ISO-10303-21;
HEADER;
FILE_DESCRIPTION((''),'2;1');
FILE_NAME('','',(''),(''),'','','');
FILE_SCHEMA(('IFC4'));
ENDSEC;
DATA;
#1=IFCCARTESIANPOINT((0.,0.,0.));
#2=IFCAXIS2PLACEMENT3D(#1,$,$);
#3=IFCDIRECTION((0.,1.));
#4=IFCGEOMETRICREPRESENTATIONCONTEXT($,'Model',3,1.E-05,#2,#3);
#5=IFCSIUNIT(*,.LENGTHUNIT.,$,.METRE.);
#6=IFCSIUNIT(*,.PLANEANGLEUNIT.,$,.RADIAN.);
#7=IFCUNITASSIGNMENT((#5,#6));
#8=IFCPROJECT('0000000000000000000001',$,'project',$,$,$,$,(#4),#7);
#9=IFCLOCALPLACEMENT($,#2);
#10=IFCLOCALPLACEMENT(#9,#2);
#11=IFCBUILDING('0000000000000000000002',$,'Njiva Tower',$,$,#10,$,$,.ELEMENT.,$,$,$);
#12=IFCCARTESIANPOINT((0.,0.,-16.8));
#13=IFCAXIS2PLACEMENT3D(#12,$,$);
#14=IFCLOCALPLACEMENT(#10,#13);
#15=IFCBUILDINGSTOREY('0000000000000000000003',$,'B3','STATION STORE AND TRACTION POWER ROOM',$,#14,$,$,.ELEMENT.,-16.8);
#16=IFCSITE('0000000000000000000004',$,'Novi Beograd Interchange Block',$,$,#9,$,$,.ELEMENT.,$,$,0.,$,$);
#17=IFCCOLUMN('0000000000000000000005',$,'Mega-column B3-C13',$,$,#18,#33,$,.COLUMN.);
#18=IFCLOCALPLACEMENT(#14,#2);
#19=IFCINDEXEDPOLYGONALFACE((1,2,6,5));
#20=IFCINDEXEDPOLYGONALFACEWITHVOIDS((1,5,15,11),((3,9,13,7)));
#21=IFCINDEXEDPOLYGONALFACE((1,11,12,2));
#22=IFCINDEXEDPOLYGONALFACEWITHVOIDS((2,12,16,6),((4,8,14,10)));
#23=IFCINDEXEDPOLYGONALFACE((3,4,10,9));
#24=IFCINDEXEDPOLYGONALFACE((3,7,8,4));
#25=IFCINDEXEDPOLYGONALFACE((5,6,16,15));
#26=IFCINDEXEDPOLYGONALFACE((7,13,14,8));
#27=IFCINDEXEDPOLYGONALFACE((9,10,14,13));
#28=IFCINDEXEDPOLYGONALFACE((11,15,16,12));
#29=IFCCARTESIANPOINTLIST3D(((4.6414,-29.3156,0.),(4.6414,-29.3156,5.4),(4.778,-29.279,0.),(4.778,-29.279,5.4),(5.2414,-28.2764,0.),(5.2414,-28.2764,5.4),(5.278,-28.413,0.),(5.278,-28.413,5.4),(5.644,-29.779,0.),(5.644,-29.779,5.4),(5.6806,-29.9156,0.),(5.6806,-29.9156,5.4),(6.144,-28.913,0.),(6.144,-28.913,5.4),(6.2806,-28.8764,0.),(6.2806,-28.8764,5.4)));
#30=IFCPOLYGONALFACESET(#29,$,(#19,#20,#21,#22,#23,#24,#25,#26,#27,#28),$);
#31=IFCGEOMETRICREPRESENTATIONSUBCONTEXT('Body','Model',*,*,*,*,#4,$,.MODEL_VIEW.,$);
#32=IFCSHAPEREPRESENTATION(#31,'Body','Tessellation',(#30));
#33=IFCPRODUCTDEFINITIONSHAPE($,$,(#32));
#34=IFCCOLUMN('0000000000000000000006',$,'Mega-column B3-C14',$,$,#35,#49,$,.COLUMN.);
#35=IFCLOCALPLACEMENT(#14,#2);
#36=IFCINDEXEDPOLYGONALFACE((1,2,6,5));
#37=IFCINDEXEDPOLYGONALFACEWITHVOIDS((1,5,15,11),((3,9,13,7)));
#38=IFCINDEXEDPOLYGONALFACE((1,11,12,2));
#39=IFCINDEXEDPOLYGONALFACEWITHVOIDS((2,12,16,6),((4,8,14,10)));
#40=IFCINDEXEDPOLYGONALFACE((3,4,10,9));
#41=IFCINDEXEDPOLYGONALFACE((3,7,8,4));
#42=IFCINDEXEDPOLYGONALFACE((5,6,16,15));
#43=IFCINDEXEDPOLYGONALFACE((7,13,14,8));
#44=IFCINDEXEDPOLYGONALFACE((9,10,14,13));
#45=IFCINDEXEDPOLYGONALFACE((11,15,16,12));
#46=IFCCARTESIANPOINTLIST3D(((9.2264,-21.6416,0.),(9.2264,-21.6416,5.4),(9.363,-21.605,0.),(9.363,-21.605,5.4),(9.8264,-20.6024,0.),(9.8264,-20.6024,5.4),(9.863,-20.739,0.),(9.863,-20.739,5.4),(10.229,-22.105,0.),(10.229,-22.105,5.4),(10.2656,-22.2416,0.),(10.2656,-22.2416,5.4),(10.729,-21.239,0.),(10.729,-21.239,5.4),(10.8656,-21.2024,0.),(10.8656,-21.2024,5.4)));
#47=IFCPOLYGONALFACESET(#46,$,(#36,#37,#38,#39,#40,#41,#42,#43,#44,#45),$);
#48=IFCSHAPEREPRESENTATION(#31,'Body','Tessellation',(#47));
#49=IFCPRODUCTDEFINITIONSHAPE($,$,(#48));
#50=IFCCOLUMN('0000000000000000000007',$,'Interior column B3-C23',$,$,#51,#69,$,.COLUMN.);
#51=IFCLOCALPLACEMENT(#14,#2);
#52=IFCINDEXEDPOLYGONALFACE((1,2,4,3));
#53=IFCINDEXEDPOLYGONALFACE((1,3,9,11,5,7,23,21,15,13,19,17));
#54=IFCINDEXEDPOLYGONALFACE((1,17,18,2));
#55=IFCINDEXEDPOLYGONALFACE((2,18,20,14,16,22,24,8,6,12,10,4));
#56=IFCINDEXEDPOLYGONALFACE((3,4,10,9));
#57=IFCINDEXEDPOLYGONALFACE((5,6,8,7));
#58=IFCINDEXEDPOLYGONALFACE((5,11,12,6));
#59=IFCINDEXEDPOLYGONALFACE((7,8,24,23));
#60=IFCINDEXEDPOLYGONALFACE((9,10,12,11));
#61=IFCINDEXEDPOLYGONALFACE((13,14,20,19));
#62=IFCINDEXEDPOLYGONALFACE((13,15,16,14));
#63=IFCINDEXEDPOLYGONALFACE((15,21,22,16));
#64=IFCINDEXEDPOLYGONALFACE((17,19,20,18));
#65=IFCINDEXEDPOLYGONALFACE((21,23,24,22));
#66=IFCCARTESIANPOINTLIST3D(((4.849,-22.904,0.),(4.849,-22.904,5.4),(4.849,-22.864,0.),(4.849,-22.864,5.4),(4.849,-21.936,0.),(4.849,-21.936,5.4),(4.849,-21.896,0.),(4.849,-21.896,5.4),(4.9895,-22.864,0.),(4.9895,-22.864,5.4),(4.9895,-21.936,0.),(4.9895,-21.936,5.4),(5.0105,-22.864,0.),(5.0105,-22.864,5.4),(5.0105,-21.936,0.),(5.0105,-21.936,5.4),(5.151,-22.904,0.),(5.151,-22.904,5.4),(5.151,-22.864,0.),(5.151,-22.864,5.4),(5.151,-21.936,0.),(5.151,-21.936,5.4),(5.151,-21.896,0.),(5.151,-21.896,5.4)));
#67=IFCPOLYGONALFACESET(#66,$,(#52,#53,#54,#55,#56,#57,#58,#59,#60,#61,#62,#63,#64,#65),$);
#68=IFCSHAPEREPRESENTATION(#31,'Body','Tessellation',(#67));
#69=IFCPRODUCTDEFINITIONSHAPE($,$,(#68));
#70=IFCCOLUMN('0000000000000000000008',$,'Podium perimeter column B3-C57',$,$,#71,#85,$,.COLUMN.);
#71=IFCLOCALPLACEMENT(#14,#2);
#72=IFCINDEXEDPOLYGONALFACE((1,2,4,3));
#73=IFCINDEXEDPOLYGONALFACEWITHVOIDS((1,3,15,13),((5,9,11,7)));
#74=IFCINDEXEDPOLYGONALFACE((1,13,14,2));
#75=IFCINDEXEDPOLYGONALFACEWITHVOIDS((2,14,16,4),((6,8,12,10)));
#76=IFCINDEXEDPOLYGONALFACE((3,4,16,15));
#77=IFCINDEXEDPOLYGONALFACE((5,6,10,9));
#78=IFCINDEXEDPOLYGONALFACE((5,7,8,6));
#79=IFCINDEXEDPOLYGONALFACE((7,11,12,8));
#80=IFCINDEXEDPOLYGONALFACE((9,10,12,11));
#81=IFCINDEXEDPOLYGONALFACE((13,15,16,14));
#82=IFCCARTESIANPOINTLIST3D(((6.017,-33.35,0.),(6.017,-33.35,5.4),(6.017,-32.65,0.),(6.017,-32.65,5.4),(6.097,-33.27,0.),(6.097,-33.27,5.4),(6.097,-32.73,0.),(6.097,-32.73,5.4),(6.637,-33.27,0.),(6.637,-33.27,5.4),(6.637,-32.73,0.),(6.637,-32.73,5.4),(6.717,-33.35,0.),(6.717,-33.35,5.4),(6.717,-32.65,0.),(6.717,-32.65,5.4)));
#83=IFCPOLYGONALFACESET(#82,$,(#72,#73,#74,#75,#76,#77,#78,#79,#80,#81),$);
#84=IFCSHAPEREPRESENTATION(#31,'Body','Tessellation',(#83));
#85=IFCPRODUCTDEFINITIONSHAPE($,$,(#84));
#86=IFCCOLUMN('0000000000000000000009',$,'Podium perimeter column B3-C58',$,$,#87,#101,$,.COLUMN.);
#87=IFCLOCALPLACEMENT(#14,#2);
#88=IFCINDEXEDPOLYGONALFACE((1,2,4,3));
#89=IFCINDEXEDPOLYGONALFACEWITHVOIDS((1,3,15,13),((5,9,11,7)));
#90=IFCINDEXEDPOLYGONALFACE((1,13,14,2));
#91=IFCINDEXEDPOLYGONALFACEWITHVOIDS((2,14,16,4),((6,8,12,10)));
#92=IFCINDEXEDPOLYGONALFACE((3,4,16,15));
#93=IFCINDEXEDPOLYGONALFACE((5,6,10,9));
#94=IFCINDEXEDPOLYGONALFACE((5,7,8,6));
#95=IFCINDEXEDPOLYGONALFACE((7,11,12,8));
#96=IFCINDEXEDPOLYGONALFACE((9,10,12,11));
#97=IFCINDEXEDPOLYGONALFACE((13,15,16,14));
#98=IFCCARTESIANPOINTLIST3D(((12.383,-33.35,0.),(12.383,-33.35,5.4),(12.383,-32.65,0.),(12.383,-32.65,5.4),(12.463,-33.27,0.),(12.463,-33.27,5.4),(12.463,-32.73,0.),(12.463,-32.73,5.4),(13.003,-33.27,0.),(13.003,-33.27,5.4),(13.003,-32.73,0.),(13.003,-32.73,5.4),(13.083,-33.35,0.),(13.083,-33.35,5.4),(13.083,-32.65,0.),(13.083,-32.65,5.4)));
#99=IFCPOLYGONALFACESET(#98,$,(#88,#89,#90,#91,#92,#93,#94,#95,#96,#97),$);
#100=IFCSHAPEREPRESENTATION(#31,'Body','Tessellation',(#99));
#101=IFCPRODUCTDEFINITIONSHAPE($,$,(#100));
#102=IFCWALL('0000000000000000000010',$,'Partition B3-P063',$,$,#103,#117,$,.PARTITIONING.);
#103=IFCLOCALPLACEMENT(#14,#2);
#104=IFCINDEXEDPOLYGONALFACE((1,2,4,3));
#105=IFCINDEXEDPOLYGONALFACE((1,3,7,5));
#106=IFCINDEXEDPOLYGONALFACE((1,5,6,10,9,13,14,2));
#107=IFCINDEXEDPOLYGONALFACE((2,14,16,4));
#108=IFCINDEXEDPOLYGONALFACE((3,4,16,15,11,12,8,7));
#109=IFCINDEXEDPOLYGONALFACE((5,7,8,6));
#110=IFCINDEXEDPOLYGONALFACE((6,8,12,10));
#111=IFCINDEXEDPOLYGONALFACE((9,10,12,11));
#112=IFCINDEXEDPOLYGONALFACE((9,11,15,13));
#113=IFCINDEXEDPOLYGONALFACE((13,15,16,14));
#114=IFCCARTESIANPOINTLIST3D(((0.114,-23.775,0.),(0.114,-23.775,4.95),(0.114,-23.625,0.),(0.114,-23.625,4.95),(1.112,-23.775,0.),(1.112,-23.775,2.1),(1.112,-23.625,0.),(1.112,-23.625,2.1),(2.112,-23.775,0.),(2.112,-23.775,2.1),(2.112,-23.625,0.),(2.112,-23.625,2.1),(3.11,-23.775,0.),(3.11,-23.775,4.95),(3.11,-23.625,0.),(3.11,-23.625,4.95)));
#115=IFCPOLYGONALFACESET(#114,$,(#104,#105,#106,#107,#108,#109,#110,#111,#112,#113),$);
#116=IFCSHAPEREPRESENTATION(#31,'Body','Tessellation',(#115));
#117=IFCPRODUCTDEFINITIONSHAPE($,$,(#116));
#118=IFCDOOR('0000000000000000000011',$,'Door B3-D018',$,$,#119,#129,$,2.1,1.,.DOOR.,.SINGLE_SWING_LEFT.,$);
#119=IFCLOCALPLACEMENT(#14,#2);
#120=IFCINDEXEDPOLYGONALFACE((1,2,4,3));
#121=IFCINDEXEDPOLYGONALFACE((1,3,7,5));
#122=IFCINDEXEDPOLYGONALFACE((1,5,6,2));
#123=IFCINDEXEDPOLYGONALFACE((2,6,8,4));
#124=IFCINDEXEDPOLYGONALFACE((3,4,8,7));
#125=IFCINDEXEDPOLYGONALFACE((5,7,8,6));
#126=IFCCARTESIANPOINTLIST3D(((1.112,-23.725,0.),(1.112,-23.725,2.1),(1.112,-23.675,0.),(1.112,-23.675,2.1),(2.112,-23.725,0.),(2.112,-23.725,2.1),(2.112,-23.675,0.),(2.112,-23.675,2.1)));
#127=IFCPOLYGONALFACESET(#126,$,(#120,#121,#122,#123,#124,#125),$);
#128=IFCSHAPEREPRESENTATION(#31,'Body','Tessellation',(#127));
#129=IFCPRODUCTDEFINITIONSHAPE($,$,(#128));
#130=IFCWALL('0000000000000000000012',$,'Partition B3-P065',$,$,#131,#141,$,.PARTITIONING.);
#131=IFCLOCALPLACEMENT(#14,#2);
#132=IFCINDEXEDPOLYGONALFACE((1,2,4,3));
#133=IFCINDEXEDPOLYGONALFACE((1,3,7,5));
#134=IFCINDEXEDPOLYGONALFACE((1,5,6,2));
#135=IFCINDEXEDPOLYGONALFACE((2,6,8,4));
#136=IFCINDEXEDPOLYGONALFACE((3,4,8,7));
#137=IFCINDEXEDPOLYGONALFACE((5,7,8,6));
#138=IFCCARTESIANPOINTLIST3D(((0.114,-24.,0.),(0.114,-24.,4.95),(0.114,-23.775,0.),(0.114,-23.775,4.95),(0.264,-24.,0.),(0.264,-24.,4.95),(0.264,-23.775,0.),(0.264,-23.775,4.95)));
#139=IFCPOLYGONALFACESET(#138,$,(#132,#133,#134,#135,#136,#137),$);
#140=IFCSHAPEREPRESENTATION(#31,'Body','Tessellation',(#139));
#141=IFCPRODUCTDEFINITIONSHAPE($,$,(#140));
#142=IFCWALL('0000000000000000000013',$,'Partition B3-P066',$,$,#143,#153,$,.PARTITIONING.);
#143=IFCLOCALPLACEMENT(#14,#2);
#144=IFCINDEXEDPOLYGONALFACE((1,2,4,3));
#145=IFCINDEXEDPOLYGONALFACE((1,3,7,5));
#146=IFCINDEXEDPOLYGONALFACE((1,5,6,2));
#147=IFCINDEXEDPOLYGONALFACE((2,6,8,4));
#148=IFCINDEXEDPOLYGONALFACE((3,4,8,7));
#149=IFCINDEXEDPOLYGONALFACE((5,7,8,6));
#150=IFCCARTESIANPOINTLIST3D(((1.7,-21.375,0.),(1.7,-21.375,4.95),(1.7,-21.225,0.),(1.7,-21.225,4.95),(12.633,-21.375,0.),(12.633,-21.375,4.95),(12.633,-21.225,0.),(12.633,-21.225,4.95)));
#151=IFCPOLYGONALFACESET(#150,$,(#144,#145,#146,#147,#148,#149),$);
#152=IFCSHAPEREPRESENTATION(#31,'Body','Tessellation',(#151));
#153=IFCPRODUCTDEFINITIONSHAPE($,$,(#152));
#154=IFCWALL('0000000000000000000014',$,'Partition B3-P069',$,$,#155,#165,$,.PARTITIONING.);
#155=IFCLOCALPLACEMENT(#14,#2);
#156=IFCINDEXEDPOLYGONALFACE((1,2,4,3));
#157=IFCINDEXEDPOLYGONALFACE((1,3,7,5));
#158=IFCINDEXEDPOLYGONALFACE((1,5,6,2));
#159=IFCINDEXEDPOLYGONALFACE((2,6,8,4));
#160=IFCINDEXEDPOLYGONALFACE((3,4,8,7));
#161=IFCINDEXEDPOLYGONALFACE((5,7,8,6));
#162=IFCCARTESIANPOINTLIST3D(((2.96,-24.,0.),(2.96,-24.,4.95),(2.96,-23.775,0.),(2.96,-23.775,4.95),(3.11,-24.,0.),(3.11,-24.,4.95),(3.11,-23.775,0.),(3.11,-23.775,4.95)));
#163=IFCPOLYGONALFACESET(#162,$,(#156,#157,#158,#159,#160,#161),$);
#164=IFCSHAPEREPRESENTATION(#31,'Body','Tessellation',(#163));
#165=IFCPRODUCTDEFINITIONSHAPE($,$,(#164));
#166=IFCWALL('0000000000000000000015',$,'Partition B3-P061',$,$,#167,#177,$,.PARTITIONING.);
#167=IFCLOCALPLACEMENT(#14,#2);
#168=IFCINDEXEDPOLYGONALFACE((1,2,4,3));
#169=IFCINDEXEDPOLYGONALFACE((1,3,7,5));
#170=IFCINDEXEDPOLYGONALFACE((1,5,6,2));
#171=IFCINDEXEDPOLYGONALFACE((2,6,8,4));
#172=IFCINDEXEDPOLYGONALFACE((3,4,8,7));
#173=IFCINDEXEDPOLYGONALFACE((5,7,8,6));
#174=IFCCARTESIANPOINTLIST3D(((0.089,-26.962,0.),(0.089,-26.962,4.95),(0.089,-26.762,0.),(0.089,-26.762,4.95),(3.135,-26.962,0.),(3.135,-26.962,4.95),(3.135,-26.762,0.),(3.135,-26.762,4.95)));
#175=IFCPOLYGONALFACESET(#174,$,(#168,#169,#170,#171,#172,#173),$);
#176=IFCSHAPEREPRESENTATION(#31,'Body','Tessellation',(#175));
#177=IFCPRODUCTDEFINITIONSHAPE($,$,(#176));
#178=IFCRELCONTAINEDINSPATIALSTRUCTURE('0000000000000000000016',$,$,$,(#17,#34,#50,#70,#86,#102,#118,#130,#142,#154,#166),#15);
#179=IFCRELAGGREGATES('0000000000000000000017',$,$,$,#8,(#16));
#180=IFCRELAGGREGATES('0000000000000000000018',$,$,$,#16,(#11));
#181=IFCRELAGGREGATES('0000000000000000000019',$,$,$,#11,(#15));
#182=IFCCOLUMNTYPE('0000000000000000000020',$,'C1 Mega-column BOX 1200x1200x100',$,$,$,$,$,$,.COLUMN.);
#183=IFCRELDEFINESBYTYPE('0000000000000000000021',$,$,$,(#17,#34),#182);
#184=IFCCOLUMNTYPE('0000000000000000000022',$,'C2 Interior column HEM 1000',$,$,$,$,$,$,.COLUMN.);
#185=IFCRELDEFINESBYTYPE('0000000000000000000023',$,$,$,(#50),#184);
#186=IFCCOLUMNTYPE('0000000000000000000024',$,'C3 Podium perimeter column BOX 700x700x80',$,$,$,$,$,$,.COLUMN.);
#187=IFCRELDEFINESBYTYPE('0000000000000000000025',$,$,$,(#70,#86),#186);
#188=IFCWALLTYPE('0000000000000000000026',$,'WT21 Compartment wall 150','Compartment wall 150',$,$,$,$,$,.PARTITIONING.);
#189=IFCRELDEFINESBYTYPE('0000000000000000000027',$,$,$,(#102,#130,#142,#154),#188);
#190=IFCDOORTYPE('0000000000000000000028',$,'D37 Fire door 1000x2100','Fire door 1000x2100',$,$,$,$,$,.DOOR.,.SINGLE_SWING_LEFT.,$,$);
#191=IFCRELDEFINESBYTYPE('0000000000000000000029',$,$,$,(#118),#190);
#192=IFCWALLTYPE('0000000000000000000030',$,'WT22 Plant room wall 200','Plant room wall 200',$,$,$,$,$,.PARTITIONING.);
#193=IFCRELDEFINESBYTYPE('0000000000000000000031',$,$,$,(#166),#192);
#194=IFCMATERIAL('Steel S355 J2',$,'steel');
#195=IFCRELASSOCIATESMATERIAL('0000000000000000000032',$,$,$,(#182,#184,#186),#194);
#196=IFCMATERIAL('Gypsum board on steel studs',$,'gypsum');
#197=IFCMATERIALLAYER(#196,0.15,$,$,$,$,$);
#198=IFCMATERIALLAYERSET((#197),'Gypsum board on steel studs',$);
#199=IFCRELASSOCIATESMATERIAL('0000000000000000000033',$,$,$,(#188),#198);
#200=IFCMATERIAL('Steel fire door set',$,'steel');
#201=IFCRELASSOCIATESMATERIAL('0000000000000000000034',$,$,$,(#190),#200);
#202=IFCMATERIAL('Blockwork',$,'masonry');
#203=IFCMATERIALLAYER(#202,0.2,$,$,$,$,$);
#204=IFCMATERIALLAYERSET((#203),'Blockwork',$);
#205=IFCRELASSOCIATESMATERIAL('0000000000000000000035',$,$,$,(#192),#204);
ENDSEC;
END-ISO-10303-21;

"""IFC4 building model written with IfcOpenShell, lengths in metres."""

from ifc_helpers import new_model, si_unit, direction, frame, frame_2d, origin, origin_2d, place, context, subcontext, project, spatial, rectangle, hollow_rectangle, i_section, extrude, material, layer, layer_set, material_profile, profile_set, type_object, element, fill, save


model = new_model("IFC4")

# Units and contexts
model_context = context("Model", 3, precision=1e-05, world=origin(), true_north=direction((0.0, 1.0)))
body_context = subcontext(model_context, "Body", "Model", "MODEL_VIEW")
ifc_project = project(units=[si_unit("LENGTHUNIT", "METRE"), si_unit("PLANEANGLEUNIT", "RADIAN")], contexts=[model_context])

# Site, building, storey
site_placement = place(None, origin())
site = spatial("IfcSite", under=ifc_project, at=site_placement, Name="Novi Beograd Interchange Block", CompositionType="ELEMENT", RefElevation=0.0)
building_placement = place(site_placement, origin())
building = spatial("IfcBuilding", under=site, at=building_placement, Name="Njiva Tower", CompositionType="ELEMENT")
storey_placement = place(building_placement, frame((0.0, 0.0, -16.8)))
storey = spatial("IfcBuildingStorey", under=building, at=storey_placement, Name="B3", Description="STATION STORE AND TRACTION POWER ROOM", CompositionType="ELEMENT", Elevation=-16.8)

# Columns
ifc_material_1 = material(Name="Steel S355 J2", Category="steel")
ifc_material_profile_1 = material_profile(ifc_material_1, hollow_rectangle(XDim=1.2, YDim=1.2, WallThickness=0.1, at=origin_2d()), Name="BOX 1200x1200x100")
ifc_profile_set_1 = profile_set([ifc_material_profile_1], Name="Steel S355 J2")
column_type_1 = type_object("IfcColumnType", Name="C1 Mega-column BOX 1200x1200x100", PredefinedType="COLUMN", material=ifc_profile_set_1)
for number, where, z_axis, x_axis, name in (
    (1, (5.461, -29.096, 0.0), (0.0, 0.0, 1.0), (0.5, 0.866025, 0.0), "Mega-column B3-C13"),
    (2, (10.046, -21.422, 0.0), (0.0, 0.0, 1.0), (0.5, 0.866025, 0.0), "Mega-column B3-C14"),
):
    element("IfcColumn", number, at=place(storey_placement, frame(where, z_axis=z_axis, x_axis=x_axis)), inside=storey, type_object=column_type_1, Name=name, PredefinedType="COLUMN", context=body_context, shape_type="SweptSolid", body=[
        extrude(hollow_rectangle(XDim=1.2, YDim=1.2, WallThickness=0.1, at=origin_2d()), origin(), (0.0, 0.0, 1.0), 5.4),
    ])
ifc_material_profile_2 = material_profile(ifc_material_1, i_section(OverallWidth=0.302, OverallDepth=1.008, WebThickness=0.021, FlangeThickness=0.04, at=origin_2d()), Name="HEM 1000")
ifc_profile_set_2 = profile_set([ifc_material_profile_2], Name="Steel S355 J2")
column_type_2 = type_object("IfcColumnType", Name="C2 Interior column HEM 1000", PredefinedType="COLUMN", material=ifc_profile_set_2)
column_placement = place(storey_placement, frame((5.0, -22.4, 0.0), z_axis=(0.0, 0.0, 1.0), x_axis=(1.0, 0.0, 0.0)))
element("IfcColumn", 3, at=column_placement, inside=storey, type_object=column_type_2, Name="Interior column B3-C23", PredefinedType="COLUMN", context=body_context, shape_type="SweptSolid", body=[
    extrude(i_section(OverallWidth=0.302, OverallDepth=1.008, WebThickness=0.021, FlangeThickness=0.04, at=origin_2d()), origin(), (0.0, 0.0, 1.0), 5.4),
])
ifc_material_profile_3 = material_profile(ifc_material_1, hollow_rectangle(XDim=0.7, YDim=0.7, WallThickness=0.08, at=origin_2d()), Name="BOX 700x700x80")
ifc_profile_set_3 = profile_set([ifc_material_profile_3], Name="Steel S355 J2")
column_type_3 = type_object("IfcColumnType", Name="C3 Podium perimeter column BOX 700x700x80", PredefinedType="COLUMN", material=ifc_profile_set_3)
for number, where, z_axis, x_axis, name in (
    (4, (6.367, -33.0, 0.0), (0.0, 0.0, 1.0), (1.0, 0.0, 0.0), "Podium perimeter column B3-C57"),
    (5, (12.733, -33.0, 0.0), (0.0, 0.0, 1.0), (1.0, 0.0, 0.0), "Podium perimeter column B3-C58"),
):
    element("IfcColumn", number, at=place(storey_placement, frame(where, z_axis=z_axis, x_axis=x_axis)), inside=storey, type_object=column_type_3, Name=name, PredefinedType="COLUMN", context=body_context, shape_type="SweptSolid", body=[
        extrude(hollow_rectangle(XDim=0.7, YDim=0.7, WallThickness=0.08, at=origin_2d()), origin(), (0.0, 0.0, 1.0), 5.4),
    ])

# Wall, opening, door
ifc_material_2 = material(Name="Gypsum board on steel studs", Category="gypsum")
ifc_layer_1 = layer(ifc_material_2, 0.15)
ifc_layer_set_1 = layer_set([ifc_layer_1], Name="Gypsum board on steel studs")
wall_type_1 = type_object("IfcWallType", Name="WT21 Compartment wall 150", Description="Compartment wall 150", PredefinedType="PARTITIONING", material=ifc_layer_set_1)
wall_1_placement = place(storey_placement, frame((0.114, -23.7, 0.0), z_axis=(0.0, 0.0, 1.0), x_axis=(1.0, 0.0, 0.0)))
wall_1 = element("IfcWall", 6, at=wall_1_placement, inside=storey, type_object=wall_type_1, Name="Partition B3-P063", PredefinedType="PARTITIONING", context=body_context, shape_type="SweptSolid", body=[
    extrude(rectangle(XDim=2.996, YDim=0.15, at=frame_2d((1.498, 0.0))), origin(), (0.0, 0.0, 1.0), 4.95),
])
opening_1_placement = place(wall_1_placement, frame((0.998, 0.0, 0.0)))
opening_1 = element("IfcOpeningElement", 7, at=opening_1_placement, cuts=wall_1, PredefinedType="OPENING", context=body_context, shape_type="SweptSolid", body=[
    extrude(rectangle(XDim=1.0, YDim=2.1, at=frame_2d((0.5, 1.05))), frame((0.0, 0.085, 0.0), z_axis=(0.0, -1.0, 0.0), x_axis=(1.0, 0.0, 0.0)), (0.0, 0.0, 1.0), 0.17),
])
ifc_material_3 = material(Name="Steel fire door set", Category="steel")
door_type_1 = type_object("IfcDoorType", Name="D37 Fire door 1000x2100", Description="Fire door 1000x2100", OperationType="SINGLE_SWING_LEFT", PredefinedType="DOOR", material=ifc_material_3)
door_1_placement = place(opening_1_placement, origin())
door_1 = element("IfcDoor", 8, at=door_1_placement, inside=storey, type_object=door_type_1, Name="Door B3-D018", OperationType="SINGLE_SWING_LEFT", OverallHeight=2.1, OverallWidth=1.0, PredefinedType="DOOR", context=body_context, shape_type="SweptSolid", body=[
    extrude(rectangle(XDim=1.0, YDim=2.1, at=frame_2d((0.5, 1.05))), frame((0.0, 0.025, 0.0), z_axis=(0.0, -1.0, 0.0), x_axis=(1.0, 0.0, 0.0)), (0.0, 0.0, 1.0), 0.05),
])
fill(opening_1, door_1)

# Walls
wall_2_placement = place(storey_placement, frame((0.189, -24.0, 0.0), z_axis=(0.0, 0.0, 1.0), x_axis=(0.0, 1.0, 0.0)))
element("IfcWall", 9, at=wall_2_placement, inside=storey, type_object=wall_type_1, Name="Partition B3-P065", PredefinedType="PARTITIONING", context=body_context, shape_type="SweptSolid", body=[
    extrude(rectangle(XDim=0.225, YDim=0.15, at=frame_2d((0.1125, 0.0))), origin(), (0.0, 0.0, 1.0), 4.95),
])
wall_3_placement = place(storey_placement, frame((1.7, -21.3, 0.0), z_axis=(0.0, 0.0, 1.0), x_axis=(1.0, 0.0, 0.0)))
element("IfcWall", 10, at=wall_3_placement, inside=storey, type_object=wall_type_1, Name="Partition B3-P066", PredefinedType="PARTITIONING", context=body_context, shape_type="SweptSolid", body=[
    extrude(rectangle(XDim=10.933, YDim=0.15, at=frame_2d((5.4665, 0.0))), origin(), (0.0, 0.0, 1.0), 4.95),
])
wall_4_placement = place(storey_placement, frame((3.035, -24.0, 0.0), z_axis=(0.0, 0.0, 1.0), x_axis=(0.0, 1.0, 0.0)))
element("IfcWall", 11, at=wall_4_placement, inside=storey, type_object=wall_type_1, Name="Partition B3-P069", PredefinedType="PARTITIONING", context=body_context, shape_type="SweptSolid", body=[
    extrude(rectangle(XDim=0.225, YDim=0.15, at=frame_2d((0.1125, 0.0))), origin(), (0.0, 0.0, 1.0), 4.95),
])
ifc_material_4 = material(Name="Blockwork", Category="masonry")
ifc_layer_2 = layer(ifc_material_4, 0.2)
ifc_layer_set_2 = layer_set([ifc_layer_2], Name="Blockwork")
wall_type_2 = type_object("IfcWallType", Name="WT22 Plant room wall 200", Description="Plant room wall 200", PredefinedType="PARTITIONING", material=ifc_layer_set_2)
wall_5_placement = place(storey_placement, frame((0.089, -26.862, 0.0), z_axis=(0.0, 0.0, 1.0), x_axis=(1.0, 0.0, 0.0)))
element("IfcWall", 12, at=wall_5_placement, inside=storey, type_object=wall_type_2, Name="Partition B3-P061", PredefinedType="PARTITIONING", context=body_context, shape_type="SweptSolid", body=[
    extrude(rectangle(XDim=3.046, YDim=0.2, at=frame_2d((1.523, 0.0))), origin(), (0.0, 0.0, 1.0), 4.95),
])

save(model, "model.ifc")
